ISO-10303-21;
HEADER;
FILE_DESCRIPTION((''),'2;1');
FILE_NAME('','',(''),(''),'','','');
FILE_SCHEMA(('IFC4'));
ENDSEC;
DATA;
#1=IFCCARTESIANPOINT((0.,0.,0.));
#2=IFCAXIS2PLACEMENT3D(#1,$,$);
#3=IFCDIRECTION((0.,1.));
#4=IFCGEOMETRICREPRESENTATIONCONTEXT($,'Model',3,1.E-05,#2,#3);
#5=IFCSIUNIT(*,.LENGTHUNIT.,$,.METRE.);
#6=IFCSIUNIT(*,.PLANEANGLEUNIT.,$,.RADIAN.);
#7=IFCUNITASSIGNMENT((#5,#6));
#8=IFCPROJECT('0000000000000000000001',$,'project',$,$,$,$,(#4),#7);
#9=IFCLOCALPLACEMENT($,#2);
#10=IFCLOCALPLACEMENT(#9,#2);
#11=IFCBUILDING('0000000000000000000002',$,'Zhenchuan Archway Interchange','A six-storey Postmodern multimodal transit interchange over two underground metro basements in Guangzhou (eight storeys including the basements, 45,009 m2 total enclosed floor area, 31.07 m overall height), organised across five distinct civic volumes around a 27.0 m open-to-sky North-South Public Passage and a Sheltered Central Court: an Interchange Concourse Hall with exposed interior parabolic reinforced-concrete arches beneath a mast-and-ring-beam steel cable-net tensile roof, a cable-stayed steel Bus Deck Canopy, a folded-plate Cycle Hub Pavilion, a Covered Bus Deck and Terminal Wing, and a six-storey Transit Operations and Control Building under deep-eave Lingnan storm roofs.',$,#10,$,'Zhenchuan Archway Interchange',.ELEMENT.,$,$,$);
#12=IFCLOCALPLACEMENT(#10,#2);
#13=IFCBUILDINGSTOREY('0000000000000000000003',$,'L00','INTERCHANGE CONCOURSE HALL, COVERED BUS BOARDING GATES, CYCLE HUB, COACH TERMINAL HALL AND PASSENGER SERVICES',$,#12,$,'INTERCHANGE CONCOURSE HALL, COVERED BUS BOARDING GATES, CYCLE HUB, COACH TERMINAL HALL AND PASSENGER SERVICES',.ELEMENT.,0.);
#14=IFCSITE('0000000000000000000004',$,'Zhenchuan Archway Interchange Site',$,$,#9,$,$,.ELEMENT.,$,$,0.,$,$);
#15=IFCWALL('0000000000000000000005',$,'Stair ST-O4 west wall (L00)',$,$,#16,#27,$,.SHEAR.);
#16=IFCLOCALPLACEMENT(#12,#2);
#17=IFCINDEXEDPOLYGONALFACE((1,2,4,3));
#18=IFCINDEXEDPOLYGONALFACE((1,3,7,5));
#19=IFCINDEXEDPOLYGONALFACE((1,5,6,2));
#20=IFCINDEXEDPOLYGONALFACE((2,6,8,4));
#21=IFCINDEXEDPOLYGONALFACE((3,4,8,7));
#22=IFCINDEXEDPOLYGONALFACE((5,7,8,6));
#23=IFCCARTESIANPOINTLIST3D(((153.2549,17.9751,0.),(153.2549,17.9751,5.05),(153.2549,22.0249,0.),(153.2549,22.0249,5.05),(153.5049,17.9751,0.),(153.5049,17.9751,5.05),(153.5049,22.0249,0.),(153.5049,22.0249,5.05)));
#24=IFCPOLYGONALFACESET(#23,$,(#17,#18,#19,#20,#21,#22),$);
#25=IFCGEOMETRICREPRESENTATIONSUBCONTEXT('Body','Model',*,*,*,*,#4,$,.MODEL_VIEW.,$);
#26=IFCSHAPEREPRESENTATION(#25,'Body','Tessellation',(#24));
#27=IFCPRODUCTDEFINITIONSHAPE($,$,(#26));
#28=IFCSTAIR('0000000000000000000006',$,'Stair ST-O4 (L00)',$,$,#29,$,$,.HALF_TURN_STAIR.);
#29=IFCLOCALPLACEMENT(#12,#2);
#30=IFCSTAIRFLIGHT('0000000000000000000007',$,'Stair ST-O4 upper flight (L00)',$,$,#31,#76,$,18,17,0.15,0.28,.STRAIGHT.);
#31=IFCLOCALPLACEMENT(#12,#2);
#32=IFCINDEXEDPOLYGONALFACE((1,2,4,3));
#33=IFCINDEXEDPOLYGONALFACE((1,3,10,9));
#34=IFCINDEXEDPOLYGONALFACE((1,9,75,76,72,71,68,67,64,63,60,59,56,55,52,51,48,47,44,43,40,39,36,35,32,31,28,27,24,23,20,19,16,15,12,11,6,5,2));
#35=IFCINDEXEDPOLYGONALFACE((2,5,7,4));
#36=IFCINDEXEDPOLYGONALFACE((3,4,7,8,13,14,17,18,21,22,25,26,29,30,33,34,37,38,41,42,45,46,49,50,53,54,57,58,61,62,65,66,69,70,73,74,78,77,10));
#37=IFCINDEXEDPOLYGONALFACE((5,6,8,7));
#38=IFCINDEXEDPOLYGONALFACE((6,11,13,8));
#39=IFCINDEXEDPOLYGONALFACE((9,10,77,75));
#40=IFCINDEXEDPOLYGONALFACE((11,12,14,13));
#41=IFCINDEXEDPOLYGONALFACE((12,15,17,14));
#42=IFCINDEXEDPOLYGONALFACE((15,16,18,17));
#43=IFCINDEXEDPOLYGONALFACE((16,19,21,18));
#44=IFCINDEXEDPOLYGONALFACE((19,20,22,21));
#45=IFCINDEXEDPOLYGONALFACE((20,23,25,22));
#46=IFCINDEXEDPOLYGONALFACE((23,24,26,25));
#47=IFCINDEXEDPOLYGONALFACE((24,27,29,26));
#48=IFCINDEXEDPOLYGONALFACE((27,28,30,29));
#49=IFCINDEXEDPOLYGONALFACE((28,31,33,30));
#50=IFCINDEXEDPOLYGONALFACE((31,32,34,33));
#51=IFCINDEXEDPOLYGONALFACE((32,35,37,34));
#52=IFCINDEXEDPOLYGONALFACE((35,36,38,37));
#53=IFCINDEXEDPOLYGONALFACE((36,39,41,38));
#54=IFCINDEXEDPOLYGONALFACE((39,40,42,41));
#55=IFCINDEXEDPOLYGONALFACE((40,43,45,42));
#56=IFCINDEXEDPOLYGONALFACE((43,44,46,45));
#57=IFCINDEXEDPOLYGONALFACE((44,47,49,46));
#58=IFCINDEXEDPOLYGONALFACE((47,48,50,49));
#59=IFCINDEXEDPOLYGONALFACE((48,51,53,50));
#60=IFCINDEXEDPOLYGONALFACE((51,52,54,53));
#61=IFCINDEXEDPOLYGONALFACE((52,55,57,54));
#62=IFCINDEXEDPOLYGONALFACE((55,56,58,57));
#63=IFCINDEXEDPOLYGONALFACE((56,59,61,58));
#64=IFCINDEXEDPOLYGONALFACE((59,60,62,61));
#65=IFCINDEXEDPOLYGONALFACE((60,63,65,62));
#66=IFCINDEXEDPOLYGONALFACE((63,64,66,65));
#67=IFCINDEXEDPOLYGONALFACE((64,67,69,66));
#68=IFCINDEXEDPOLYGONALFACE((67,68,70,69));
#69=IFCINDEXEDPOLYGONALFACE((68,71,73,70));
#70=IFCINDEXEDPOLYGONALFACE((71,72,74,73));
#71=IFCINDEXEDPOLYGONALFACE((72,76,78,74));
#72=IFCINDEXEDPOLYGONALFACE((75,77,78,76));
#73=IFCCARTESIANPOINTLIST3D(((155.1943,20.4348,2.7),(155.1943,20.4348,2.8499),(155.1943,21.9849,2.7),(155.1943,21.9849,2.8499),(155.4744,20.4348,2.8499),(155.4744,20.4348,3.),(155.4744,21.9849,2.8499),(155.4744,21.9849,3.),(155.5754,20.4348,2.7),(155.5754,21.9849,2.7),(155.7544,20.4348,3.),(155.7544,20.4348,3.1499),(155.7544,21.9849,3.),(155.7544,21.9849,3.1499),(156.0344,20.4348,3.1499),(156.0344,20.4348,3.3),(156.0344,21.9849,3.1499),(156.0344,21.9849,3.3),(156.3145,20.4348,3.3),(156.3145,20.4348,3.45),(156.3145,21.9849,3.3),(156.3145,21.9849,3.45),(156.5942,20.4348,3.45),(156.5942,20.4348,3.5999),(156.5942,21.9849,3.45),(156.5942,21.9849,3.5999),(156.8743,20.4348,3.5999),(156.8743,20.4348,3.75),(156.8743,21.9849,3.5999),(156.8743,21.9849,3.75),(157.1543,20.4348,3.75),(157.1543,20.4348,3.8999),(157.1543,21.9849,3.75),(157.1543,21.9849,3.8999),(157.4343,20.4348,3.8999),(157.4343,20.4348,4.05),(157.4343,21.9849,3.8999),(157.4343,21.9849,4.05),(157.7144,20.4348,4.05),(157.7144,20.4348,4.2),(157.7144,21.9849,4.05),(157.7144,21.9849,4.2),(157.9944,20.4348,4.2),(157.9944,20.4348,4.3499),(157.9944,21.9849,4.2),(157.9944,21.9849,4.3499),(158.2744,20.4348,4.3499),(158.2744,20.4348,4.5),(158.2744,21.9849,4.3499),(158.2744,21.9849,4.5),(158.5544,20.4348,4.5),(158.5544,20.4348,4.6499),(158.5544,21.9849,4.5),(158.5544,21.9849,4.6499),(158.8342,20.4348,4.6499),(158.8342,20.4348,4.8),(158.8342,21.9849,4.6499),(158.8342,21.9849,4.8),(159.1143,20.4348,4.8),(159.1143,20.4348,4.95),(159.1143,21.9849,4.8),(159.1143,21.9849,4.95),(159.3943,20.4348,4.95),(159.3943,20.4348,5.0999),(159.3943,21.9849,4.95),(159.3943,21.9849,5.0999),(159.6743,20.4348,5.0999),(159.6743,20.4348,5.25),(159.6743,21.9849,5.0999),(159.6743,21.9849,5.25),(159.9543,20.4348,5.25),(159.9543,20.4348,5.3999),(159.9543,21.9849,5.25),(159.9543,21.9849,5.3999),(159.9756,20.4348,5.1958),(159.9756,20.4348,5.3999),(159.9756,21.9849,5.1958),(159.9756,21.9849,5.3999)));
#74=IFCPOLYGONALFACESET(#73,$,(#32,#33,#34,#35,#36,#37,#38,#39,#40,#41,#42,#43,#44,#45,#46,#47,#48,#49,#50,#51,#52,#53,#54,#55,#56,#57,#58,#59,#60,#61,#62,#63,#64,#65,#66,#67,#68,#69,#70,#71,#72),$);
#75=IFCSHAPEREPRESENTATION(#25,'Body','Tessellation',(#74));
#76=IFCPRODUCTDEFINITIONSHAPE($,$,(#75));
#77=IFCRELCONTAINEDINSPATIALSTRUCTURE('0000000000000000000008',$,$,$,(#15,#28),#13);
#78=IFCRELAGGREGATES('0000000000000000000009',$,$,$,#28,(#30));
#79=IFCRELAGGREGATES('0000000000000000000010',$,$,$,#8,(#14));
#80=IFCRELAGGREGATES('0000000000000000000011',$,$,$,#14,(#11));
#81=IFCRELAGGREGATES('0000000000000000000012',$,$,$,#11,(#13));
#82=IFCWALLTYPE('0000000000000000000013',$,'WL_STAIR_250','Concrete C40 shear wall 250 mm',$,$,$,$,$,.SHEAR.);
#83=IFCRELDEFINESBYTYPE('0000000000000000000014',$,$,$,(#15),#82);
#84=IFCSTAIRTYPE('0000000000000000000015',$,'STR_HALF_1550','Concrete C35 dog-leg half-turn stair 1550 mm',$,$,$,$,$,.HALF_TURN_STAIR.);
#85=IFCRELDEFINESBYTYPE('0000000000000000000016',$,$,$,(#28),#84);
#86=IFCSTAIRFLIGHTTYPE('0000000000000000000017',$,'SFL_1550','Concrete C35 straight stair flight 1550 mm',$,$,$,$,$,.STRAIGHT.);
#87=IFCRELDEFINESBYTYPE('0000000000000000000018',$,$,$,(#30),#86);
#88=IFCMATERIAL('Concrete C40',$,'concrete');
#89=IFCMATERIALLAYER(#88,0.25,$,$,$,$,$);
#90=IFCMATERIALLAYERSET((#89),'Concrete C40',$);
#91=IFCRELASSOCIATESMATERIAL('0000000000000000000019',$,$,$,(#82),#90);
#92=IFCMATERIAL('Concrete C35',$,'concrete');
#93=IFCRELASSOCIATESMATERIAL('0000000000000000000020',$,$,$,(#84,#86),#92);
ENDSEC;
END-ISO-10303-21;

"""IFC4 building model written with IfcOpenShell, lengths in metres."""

from ifc_helpers import new_model, si_unit, direction, frame, frame_2d, origin, place, context, subcontext, project, spatial, polyline, rectangle, outline, extrude, material, layer, layer_set, type_object, element, aggregate, save


model = new_model("IFC4")

# Units and contexts
model_context = context("Model", 3, precision=1e-05, world=origin(), true_north=direction((0.0, 1.0)))
body_context = subcontext(model_context, "Body", "Model", "MODEL_VIEW")
ifc_project = project(units=[si_unit("LENGTHUNIT", "METRE"), si_unit("PLANEANGLEUNIT", "RADIAN")], contexts=[model_context])

# Site, building, storey
site_placement = place(None, origin())
site = spatial("IfcSite", under=ifc_project, at=site_placement, Name="Zhenchuan Archway Interchange Site", CompositionType="ELEMENT", RefElevation=0.0)
building_placement = place(site_placement, origin())
building = spatial("IfcBuilding", under=site, at=building_placement, Name="Zhenchuan Archway Interchange", Description="A six-storey Postmodern multimodal transit interchange over two underground metro basements in Guangzhou (eight storeys including the basements, 45,009 m2 total enclosed floor area, 31.07 m overall height), organised across five distinct civic volumes around a 27.0 m open-to-sky North-South Public Passage and a Sheltered Central Court: an Interchange Concourse Hall with exposed interior parabolic reinforced-concrete arches beneath a mast-and-ring-beam steel cable-net tensile roof, a cable-stayed steel Bus Deck Canopy, a folded-plate Cycle Hub Pavilion, a Covered Bus Deck and Terminal Wing, and a six-storey Transit Operations and Control Building under deep-eave Lingnan storm roofs.", LongName="Zhenchuan Archway Interchange", CompositionType="ELEMENT")
storey_placement = place(building_placement, origin())
storey = spatial("IfcBuildingStorey", under=building, at=storey_placement, Name="L00", Description="INTERCHANGE CONCOURSE HALL, COVERED BUS BOARDING GATES, CYCLE HUB, COACH TERMINAL HALL AND PASSENGER SERVICES", LongName="INTERCHANGE CONCOURSE HALL, COVERED BUS BOARDING GATES, CYCLE HUB, COACH TERMINAL HALL AND PASSENGER SERVICES", CompositionType="ELEMENT", Elevation=0.0)

# Shared definitions
ifc_material_1 = material(Name="Concrete C40", Category="concrete")

# Shared definitions
ifc_material_2 = material(Name="Concrete C35", Category="concrete")

# Wall
ifc_layer_1 = layer(ifc_material_1, 0.25)
ifc_layer_set_1 = layer_set([ifc_layer_1], Name="Concrete C40")
wall_type_1 = type_object("IfcWallType", Name="WL_STAIR_250", Description="Concrete C40 shear wall 250 mm", PredefinedType="SHEAR", material=ifc_layer_set_1)
wall_1_placement = place(storey_placement, frame((153.3799, 22.0249, 0.0), z_axis=(0.0, 0.0, 1.0), x_axis=(0.0, -1.0, 0.0)))
element("IfcWall", 1, at=wall_1_placement, inside=storey, type_object=wall_type_1, Name="Stair ST-O4 west wall (L00)", PredefinedType="SHEAR", context=body_context, shape_type="SweptSolid", body=[
    extrude(rectangle(XDim=4.0498, YDim=0.25, at=frame_2d((2.0249, 0.0))), origin(), (0.0, 0.0, 1.0), 5.05),
])

# Stair, stair flight
stair_type = type_object("IfcStairType", Name="STR_HALF_1550", Description="Concrete C35 dog-leg half-turn stair 1550 mm", PredefinedType="HALF_TURN_STAIR", material=ifc_material_2)
stair_placement = place(storey_placement, origin())
stair = element("IfcStair", 2, at=stair_placement, inside=storey, type_object=stair_type, Name="Stair ST-O4 (L00)", PredefinedType="HALF_TURN_STAIR")
stair_flight_type = type_object("IfcStairFlightType", Name="SFL_1550", Description="Concrete C35 straight stair flight 1550 mm", PredefinedType="STRAIGHT", material=ifc_material_2)
stair_flight_placement = place(storey_placement, frame((155.1943, 21.21, 2.7), z_axis=(0.0, 0.0, 1.0), x_axis=(1.0, 0.0, 0.0)))
stair_flight = element("IfcStairFlight", 3, at=stair_flight_placement, type_object=stair_flight_type, Name="Stair ST-O4 upper flight (L00)", NumberOfRisers=18, NumberOfTreads=17, PredefinedType="STRAIGHT", RiserHeight=0.15, TreadLength=0.28, context=body_context, shape_type="SweptSolid", body=[
    extrude(outline(polyline([(0.0, 0.0), (0.0, 0.1499), (0.28, 0.1499), (0.28, 0.3), (0.5601, 0.3), (0.5601, 0.45), (0.8401, 0.45), (0.8401, 0.6001), (1.1201, 0.6001), (1.1201, 0.75), (1.3999, 0.75), (1.3999, 0.8999), (1.6799, 0.8999), (1.6799, 1.05), (1.96, 1.05), (1.96, 1.2), (2.24, 1.2), (2.24, 1.3501), (2.52, 1.3501), (2.52, 1.5), (2.8, 1.5), (2.8, 1.6499), (3.0801, 1.6499), (3.0801, 1.8), (3.3601, 1.8), (3.3601, 1.95), (3.6399, 1.95), (3.6399, 2.1001), (3.9199, 2.1001), (3.9199, 2.25), (4.2, 2.25), (4.2, 2.3999), (4.48, 2.3999), (4.48, 2.55), (4.76, 2.55), (4.76, 2.7), (4.7812, 2.7), (4.7812, 2.4958), (0.3811, 0.0), (0.0, 0.0)])), frame((0.0, 0.7749, 0.0), z_axis=(0.0, -1.0, 0.0), x_axis=(1.0, 0.0, 0.0)), (0.0, 0.0, 1.0), 1.55),
])
aggregate(stair, [stair_flight])

save(model, "model.ifc")
